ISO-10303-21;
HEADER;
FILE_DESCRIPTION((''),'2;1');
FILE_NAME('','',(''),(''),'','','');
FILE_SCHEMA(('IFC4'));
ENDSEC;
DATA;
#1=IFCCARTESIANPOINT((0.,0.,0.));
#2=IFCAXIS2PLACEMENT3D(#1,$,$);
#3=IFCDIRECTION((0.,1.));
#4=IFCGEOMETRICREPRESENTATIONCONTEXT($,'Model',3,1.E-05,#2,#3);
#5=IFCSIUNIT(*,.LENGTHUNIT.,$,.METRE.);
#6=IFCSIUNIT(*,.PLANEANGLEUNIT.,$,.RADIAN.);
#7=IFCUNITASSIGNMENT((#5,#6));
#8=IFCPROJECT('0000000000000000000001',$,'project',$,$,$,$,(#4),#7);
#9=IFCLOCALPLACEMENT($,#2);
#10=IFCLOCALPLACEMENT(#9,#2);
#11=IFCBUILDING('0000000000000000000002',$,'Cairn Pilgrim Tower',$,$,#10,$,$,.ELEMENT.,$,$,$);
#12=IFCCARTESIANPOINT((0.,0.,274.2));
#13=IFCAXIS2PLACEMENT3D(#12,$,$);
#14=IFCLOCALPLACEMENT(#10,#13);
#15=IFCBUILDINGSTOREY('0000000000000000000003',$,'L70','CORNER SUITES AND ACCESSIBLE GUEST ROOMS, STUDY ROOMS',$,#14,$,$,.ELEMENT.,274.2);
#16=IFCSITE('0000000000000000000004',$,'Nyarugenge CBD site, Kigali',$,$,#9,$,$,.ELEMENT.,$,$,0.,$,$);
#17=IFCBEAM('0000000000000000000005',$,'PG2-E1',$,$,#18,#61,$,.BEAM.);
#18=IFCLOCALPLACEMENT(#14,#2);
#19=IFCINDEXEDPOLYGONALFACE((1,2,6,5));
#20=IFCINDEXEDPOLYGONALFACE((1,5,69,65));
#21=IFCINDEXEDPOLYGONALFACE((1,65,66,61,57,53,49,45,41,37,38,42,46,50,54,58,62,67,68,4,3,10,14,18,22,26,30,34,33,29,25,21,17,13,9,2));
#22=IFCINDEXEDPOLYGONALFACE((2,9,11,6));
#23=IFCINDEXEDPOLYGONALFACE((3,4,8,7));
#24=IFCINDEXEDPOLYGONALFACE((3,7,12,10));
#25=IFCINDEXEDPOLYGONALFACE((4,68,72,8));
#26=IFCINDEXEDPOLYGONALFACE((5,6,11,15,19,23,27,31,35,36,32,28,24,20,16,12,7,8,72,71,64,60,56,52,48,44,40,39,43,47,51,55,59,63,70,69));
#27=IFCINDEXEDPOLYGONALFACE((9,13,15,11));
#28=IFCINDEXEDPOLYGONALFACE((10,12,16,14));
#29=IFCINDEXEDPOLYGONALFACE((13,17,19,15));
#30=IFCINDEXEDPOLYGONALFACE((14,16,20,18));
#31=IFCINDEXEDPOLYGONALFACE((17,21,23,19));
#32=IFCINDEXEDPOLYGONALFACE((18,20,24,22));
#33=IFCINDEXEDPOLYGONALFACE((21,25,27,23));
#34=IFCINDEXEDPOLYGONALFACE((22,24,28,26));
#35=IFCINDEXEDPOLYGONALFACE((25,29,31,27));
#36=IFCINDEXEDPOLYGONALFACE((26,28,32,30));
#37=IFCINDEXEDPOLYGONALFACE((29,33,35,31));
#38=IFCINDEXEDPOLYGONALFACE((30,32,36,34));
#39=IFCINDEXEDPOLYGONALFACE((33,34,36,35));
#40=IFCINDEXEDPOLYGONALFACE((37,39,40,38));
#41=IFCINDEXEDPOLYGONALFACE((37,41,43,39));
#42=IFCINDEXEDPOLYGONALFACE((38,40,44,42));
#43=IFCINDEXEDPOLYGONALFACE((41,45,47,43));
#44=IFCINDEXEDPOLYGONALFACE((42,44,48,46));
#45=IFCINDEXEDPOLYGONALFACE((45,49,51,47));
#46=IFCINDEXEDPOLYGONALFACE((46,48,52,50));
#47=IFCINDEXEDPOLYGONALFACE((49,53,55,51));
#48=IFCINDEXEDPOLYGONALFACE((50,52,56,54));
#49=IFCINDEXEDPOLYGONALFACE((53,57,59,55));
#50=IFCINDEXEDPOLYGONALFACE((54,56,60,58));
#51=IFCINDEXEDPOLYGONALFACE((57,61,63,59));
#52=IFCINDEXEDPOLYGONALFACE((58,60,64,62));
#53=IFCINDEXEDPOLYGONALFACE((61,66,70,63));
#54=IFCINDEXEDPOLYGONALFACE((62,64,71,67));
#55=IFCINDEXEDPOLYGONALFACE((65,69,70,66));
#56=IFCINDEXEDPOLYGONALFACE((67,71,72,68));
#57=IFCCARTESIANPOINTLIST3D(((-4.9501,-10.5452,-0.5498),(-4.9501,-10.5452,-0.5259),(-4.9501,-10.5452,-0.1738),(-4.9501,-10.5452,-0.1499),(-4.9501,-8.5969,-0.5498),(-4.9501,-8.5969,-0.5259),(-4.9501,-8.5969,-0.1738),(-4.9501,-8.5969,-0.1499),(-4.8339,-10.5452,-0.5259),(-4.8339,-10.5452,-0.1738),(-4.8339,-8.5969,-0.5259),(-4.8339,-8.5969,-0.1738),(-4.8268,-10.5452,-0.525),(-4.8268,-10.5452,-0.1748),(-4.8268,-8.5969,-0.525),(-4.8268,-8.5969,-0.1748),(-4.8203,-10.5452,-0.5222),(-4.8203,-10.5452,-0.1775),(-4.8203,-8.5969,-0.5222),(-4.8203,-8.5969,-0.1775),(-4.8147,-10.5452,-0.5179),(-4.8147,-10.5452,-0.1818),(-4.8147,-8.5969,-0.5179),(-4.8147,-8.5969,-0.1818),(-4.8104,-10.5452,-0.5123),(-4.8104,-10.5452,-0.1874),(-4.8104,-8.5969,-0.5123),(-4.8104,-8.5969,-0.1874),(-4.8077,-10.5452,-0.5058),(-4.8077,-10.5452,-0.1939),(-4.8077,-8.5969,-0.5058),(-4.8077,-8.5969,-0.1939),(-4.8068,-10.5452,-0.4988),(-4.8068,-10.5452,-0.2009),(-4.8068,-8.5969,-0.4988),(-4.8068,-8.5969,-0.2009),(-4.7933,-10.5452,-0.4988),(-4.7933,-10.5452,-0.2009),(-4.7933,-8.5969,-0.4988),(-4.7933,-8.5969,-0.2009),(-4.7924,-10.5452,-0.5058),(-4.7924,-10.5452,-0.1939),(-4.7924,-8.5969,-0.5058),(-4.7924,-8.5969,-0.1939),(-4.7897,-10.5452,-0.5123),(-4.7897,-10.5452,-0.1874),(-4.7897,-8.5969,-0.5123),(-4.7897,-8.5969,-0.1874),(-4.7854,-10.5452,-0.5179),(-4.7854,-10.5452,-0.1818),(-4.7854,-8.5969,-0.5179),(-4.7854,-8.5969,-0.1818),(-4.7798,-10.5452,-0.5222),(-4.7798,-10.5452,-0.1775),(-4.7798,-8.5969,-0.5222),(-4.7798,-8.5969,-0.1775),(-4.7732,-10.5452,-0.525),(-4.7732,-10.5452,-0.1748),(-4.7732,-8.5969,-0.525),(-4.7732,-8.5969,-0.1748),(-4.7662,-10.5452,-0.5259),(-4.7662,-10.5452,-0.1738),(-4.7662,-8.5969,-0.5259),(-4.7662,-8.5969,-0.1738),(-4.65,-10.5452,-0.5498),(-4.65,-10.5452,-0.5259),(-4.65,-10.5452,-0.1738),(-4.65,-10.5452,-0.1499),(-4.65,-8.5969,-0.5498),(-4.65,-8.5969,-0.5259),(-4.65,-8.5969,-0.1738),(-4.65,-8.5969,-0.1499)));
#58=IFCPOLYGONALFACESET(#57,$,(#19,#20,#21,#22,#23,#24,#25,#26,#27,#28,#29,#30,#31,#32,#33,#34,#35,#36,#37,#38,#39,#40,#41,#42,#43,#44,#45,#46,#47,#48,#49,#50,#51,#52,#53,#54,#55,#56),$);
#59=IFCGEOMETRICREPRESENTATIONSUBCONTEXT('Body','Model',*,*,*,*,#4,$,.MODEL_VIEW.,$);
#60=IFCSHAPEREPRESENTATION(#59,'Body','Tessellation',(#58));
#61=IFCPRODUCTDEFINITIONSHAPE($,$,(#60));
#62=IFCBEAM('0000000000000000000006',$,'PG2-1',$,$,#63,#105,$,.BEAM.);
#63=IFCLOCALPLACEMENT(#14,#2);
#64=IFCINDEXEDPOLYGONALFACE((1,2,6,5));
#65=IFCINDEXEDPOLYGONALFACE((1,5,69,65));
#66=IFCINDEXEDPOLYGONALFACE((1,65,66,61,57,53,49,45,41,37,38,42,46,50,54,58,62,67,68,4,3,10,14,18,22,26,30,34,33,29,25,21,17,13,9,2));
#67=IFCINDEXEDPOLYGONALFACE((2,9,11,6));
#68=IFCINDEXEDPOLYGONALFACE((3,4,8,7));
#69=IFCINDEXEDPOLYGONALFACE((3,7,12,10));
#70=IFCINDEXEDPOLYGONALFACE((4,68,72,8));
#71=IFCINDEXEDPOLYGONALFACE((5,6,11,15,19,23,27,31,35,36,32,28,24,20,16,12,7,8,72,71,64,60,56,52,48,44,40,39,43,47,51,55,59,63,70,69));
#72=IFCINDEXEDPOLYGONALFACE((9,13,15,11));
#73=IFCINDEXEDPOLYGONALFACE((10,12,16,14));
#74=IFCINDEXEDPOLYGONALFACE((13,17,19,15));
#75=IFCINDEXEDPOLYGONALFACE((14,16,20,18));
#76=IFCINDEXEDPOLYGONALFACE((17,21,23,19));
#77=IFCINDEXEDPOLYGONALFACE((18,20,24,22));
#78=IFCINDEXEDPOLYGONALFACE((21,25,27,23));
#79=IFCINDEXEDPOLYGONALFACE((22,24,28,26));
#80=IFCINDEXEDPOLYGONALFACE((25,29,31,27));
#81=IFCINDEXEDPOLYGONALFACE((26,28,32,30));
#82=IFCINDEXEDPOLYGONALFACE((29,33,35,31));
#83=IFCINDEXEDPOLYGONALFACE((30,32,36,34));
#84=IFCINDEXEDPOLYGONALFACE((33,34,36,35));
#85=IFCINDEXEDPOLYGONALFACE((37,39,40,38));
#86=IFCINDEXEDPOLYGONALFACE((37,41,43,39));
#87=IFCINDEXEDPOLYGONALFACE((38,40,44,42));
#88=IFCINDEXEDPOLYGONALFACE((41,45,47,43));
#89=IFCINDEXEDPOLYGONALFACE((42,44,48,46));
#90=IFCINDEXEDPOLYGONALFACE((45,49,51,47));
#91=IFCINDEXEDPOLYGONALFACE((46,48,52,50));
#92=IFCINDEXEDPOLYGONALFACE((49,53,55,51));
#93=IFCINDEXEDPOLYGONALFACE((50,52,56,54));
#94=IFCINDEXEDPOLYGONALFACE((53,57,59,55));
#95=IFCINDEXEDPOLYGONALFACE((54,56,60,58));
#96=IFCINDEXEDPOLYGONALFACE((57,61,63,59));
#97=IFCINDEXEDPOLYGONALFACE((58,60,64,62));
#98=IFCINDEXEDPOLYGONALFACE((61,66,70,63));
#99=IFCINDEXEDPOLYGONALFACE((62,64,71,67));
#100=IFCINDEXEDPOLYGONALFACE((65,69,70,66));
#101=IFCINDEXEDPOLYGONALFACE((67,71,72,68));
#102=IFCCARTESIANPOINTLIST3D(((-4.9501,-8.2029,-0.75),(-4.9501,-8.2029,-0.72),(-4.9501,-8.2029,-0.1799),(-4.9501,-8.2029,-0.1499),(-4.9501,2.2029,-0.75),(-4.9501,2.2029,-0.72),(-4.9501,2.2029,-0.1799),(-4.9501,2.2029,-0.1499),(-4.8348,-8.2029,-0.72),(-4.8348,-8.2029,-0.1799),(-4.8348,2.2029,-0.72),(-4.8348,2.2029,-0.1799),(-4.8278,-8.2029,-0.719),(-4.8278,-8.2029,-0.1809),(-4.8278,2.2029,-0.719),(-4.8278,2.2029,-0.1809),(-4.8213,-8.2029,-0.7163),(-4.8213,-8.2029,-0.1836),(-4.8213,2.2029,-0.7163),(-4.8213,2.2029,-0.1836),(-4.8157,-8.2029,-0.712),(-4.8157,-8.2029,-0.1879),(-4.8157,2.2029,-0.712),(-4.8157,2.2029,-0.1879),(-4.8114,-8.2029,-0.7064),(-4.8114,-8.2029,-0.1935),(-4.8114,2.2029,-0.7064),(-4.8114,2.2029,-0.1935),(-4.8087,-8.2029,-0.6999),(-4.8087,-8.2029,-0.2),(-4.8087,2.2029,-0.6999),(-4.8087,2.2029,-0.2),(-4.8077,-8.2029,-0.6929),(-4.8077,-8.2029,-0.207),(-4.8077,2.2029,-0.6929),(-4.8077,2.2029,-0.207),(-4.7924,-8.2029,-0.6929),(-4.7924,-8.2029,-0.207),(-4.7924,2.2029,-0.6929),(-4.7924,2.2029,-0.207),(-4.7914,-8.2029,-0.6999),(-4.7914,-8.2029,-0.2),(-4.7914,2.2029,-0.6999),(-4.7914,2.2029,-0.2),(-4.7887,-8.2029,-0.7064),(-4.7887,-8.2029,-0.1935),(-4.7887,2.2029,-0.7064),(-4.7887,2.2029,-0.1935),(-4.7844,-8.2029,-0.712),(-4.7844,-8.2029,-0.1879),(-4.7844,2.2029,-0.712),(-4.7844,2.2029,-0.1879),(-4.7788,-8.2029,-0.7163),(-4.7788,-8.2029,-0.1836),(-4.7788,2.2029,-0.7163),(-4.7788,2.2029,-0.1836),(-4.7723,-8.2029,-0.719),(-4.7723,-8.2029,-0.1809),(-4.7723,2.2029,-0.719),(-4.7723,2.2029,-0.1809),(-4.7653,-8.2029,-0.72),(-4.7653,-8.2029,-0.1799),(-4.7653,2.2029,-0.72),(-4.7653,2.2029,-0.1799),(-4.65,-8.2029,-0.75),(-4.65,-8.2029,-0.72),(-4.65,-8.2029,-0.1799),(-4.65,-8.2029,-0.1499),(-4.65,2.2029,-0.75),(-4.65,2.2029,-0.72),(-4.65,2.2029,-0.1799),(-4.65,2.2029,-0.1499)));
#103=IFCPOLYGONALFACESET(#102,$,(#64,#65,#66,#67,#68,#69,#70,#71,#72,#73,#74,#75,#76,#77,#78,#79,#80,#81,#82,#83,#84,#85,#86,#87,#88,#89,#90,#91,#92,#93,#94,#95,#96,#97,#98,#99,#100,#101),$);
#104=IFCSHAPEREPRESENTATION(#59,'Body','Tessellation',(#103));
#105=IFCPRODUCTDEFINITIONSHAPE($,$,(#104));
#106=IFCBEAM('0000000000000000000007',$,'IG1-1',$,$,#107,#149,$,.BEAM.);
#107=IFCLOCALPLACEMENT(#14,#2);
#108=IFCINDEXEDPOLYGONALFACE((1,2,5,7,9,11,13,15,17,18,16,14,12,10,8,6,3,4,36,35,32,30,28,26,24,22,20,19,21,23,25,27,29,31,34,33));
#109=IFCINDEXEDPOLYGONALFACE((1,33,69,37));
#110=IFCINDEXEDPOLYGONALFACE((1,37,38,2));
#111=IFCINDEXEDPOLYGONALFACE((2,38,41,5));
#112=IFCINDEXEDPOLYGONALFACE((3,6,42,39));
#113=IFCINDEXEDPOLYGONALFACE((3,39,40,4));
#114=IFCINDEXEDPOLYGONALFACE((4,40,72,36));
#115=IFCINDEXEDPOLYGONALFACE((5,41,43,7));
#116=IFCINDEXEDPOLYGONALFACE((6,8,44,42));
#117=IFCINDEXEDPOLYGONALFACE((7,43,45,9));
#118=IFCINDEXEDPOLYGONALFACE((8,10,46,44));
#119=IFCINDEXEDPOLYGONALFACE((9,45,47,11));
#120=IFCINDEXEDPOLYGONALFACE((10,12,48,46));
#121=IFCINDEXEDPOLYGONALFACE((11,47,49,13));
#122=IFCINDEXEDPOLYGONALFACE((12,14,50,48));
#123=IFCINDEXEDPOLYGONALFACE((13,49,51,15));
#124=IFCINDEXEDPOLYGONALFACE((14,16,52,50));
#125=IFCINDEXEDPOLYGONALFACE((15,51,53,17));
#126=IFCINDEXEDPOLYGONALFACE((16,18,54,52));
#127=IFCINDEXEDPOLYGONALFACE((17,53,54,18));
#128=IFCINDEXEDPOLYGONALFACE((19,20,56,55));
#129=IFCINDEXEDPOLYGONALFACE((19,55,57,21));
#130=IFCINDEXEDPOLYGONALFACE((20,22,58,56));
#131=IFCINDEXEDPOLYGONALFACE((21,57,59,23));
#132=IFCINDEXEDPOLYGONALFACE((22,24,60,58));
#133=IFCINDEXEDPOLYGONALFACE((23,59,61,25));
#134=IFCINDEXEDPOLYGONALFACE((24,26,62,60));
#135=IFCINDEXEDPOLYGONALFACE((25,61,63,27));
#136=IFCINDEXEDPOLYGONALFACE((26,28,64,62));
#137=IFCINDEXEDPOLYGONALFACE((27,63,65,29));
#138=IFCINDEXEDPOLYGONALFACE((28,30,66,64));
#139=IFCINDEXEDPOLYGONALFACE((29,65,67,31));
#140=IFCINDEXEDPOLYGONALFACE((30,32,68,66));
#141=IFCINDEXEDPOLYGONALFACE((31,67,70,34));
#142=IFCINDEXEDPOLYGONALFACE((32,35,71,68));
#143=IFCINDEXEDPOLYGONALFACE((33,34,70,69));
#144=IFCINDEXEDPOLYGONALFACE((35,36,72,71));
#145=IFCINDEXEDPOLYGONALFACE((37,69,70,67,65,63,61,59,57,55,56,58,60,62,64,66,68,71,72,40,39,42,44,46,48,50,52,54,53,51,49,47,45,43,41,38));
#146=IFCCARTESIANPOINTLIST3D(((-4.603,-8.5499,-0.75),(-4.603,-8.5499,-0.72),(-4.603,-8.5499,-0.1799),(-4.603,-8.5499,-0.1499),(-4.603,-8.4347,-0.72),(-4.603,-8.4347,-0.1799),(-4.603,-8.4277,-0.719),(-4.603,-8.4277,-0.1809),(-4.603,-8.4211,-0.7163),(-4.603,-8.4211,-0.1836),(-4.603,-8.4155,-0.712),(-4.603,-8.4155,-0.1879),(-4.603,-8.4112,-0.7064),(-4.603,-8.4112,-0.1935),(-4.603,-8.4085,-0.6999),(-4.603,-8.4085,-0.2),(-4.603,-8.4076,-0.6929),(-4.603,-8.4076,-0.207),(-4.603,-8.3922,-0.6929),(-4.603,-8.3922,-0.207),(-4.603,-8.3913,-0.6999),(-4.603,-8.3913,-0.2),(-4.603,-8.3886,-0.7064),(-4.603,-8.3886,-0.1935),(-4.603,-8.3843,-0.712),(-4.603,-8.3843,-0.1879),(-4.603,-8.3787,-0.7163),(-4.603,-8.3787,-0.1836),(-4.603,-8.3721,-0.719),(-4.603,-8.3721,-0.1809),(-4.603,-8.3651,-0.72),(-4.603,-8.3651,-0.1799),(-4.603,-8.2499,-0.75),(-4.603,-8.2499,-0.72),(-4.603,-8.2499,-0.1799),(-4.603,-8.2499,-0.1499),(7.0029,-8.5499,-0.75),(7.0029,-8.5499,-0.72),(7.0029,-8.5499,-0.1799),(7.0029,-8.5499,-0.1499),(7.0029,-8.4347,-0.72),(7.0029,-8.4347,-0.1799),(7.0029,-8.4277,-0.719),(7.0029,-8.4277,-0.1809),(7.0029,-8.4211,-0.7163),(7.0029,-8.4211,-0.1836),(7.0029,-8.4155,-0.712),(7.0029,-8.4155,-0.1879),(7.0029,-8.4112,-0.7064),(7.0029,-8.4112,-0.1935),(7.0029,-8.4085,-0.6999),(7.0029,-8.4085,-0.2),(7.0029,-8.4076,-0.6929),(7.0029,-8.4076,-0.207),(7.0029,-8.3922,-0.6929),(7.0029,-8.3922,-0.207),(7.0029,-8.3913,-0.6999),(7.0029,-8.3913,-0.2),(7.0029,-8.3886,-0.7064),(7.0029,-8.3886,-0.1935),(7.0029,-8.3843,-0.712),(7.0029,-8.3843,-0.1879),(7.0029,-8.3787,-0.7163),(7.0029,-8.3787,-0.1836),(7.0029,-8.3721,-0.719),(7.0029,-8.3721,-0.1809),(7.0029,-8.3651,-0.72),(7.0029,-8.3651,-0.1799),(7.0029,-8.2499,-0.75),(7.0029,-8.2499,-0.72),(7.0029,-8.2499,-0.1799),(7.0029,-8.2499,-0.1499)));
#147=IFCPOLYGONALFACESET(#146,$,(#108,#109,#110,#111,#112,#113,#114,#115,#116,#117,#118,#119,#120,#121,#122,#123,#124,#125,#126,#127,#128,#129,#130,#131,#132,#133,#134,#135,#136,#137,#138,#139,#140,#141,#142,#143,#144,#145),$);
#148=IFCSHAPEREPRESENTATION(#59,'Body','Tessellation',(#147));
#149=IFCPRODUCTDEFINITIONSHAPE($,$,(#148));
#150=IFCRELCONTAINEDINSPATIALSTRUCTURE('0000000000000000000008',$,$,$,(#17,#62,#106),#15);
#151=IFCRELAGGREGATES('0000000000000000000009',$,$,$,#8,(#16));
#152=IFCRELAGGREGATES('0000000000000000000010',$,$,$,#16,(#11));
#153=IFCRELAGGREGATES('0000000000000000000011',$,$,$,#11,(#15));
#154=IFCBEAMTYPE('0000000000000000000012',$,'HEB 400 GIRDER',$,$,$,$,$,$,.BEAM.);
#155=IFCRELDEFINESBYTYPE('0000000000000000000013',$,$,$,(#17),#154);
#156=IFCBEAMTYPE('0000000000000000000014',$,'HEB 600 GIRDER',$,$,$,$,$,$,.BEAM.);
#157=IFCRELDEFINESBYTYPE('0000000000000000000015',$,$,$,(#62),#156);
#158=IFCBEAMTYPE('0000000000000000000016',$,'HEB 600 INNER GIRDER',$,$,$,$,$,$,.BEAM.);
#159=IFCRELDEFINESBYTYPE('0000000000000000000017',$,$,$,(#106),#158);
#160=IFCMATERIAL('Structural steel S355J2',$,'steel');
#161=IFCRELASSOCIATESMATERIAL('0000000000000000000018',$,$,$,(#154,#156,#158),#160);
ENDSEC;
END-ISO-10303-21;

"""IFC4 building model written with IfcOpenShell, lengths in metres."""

from ifc_helpers import new_model, si_unit, direction, frame, origin, origin_2d, place, context, subcontext, project, spatial, i_section, extrude, material, material_profile, profile_set, type_object, element, save


model = new_model("IFC4")

# Units and contexts
model_context = context("Model", 3, precision=1e-05, world=origin(), true_north=direction((0.0, 1.0)))
body_context = subcontext(model_context, "Body", "Model", "MODEL_VIEW")
ifc_project = project(units=[si_unit("LENGTHUNIT", "METRE"), si_unit("PLANEANGLEUNIT", "RADIAN")], contexts=[model_context])

# Site, building, storey
site_placement = place(None, origin())
site = spatial("IfcSite", under=ifc_project, at=site_placement, Name="Nyarugenge CBD site, Kigali", CompositionType="ELEMENT", RefElevation=0.0)
building_placement = place(site_placement, origin())
building = spatial("IfcBuilding", under=site, at=building_placement, Name="Cairn Pilgrim Tower", CompositionType="ELEMENT")
storey_placement = place(building_placement, frame((0.0, 0.0, 274.2)))
storey = spatial("IfcBuildingStorey", under=building, at=storey_placement, Name="L70", Description="CORNER SUITES AND ACCESSIBLE GUEST ROOMS, STUDY ROOMS", CompositionType="ELEMENT", Elevation=274.2)

# Shared definitions
ifc_material_1 = material(Name="Structural steel S355J2", Category="steel")

# Beams
ifc_material_profile_1 = material_profile(ifc_material_1, i_section(OverallWidth=0.3, OverallDepth=0.3999, WebThickness=0.0134, FlangeThickness=0.0239, FilletRadius=0.0271, at=origin_2d()), Name="HEB 400")
ifc_profile_set_1 = profile_set([ifc_material_profile_1], Name="Structural steel S355J2")
beam_type_1 = type_object("IfcBeamType", Name="HEB 400 GIRDER", PredefinedType="BEAM", material=ifc_profile_set_1)
beam_1_placement = place(storey_placement, frame((-4.8, -10.5452, -0.3499), z_axis=(0.0, 1.0, 0.0), x_axis=(-1.0, 0.0, 0.0)))
element("IfcBeam", 1, at=beam_1_placement, inside=storey, type_object=beam_type_1, Name="PG2-E1", PredefinedType="BEAM", context=body_context, shape_type="SweptSolid", body=[
    extrude(i_section(OverallWidth=0.3, OverallDepth=0.3999, WebThickness=0.0134, FlangeThickness=0.0239, FilletRadius=0.0271, at=origin_2d()), origin(), (0.0, 0.0, 1.0), 1.9482),
])
ifc_material_profile_2 = material_profile(ifc_material_1, i_section(OverallWidth=0.3, OverallDepth=0.6001, WebThickness=0.0154, FlangeThickness=0.03, FilletRadius=0.0271, at=origin_2d()), Name="HEB 600")
ifc_profile_set_2 = profile_set([ifc_material_profile_2], Name="Structural steel S355J2")
beam_type_2 = type_object("IfcBeamType", Name="HEB 600 GIRDER", PredefinedType="BEAM", material=ifc_profile_set_2)
beam_2_placement = place(storey_placement, frame((-4.8, -8.2029, -0.45), z_axis=(0.0, 1.0, 0.0), x_axis=(-1.0, 0.0, 0.0)))
element("IfcBeam", 2, at=beam_2_placement, inside=storey, type_object=beam_type_2, Name="PG2-1", PredefinedType="BEAM", context=body_context, shape_type="SweptSolid", body=[
    extrude(i_section(OverallWidth=0.3, OverallDepth=0.6001, WebThickness=0.0154, FlangeThickness=0.03, FilletRadius=0.0271, at=origin_2d()), origin(), (0.0, 0.0, 1.0), 10.4058),
])
ifc_material_profile_3 = material_profile(ifc_material_1, i_section(OverallWidth=0.3, OverallDepth=0.6001, WebThickness=0.0154, FlangeThickness=0.03, FilletRadius=0.0271, at=origin_2d()), Name="HEB 600")
ifc_profile_set_3 = profile_set([ifc_material_profile_3], Name="Structural steel S355J2")
beam_type_3 = type_object("IfcBeamType", Name="HEB 600 INNER GIRDER", PredefinedType="BEAM", material=ifc_profile_set_3)
beam_3_placement = place(storey_placement, frame((-4.603, -8.3999, -0.45), z_axis=(1.0, 0.0, 0.0), x_axis=(0.0, 1.0, 0.0)))
element("IfcBeam", 3, at=beam_3_placement, inside=storey, type_object=beam_type_3, Name="IG1-1", PredefinedType="BEAM", context=body_context, shape_type="SweptSolid", body=[
    extrude(i_section(OverallWidth=0.3, OverallDepth=0.6001, WebThickness=0.0154, FlangeThickness=0.03, FilletRadius=0.0271, at=origin_2d()), origin(), (0.0, 0.0, 1.0), 11.606),
])

save(model, "model.ifc")
